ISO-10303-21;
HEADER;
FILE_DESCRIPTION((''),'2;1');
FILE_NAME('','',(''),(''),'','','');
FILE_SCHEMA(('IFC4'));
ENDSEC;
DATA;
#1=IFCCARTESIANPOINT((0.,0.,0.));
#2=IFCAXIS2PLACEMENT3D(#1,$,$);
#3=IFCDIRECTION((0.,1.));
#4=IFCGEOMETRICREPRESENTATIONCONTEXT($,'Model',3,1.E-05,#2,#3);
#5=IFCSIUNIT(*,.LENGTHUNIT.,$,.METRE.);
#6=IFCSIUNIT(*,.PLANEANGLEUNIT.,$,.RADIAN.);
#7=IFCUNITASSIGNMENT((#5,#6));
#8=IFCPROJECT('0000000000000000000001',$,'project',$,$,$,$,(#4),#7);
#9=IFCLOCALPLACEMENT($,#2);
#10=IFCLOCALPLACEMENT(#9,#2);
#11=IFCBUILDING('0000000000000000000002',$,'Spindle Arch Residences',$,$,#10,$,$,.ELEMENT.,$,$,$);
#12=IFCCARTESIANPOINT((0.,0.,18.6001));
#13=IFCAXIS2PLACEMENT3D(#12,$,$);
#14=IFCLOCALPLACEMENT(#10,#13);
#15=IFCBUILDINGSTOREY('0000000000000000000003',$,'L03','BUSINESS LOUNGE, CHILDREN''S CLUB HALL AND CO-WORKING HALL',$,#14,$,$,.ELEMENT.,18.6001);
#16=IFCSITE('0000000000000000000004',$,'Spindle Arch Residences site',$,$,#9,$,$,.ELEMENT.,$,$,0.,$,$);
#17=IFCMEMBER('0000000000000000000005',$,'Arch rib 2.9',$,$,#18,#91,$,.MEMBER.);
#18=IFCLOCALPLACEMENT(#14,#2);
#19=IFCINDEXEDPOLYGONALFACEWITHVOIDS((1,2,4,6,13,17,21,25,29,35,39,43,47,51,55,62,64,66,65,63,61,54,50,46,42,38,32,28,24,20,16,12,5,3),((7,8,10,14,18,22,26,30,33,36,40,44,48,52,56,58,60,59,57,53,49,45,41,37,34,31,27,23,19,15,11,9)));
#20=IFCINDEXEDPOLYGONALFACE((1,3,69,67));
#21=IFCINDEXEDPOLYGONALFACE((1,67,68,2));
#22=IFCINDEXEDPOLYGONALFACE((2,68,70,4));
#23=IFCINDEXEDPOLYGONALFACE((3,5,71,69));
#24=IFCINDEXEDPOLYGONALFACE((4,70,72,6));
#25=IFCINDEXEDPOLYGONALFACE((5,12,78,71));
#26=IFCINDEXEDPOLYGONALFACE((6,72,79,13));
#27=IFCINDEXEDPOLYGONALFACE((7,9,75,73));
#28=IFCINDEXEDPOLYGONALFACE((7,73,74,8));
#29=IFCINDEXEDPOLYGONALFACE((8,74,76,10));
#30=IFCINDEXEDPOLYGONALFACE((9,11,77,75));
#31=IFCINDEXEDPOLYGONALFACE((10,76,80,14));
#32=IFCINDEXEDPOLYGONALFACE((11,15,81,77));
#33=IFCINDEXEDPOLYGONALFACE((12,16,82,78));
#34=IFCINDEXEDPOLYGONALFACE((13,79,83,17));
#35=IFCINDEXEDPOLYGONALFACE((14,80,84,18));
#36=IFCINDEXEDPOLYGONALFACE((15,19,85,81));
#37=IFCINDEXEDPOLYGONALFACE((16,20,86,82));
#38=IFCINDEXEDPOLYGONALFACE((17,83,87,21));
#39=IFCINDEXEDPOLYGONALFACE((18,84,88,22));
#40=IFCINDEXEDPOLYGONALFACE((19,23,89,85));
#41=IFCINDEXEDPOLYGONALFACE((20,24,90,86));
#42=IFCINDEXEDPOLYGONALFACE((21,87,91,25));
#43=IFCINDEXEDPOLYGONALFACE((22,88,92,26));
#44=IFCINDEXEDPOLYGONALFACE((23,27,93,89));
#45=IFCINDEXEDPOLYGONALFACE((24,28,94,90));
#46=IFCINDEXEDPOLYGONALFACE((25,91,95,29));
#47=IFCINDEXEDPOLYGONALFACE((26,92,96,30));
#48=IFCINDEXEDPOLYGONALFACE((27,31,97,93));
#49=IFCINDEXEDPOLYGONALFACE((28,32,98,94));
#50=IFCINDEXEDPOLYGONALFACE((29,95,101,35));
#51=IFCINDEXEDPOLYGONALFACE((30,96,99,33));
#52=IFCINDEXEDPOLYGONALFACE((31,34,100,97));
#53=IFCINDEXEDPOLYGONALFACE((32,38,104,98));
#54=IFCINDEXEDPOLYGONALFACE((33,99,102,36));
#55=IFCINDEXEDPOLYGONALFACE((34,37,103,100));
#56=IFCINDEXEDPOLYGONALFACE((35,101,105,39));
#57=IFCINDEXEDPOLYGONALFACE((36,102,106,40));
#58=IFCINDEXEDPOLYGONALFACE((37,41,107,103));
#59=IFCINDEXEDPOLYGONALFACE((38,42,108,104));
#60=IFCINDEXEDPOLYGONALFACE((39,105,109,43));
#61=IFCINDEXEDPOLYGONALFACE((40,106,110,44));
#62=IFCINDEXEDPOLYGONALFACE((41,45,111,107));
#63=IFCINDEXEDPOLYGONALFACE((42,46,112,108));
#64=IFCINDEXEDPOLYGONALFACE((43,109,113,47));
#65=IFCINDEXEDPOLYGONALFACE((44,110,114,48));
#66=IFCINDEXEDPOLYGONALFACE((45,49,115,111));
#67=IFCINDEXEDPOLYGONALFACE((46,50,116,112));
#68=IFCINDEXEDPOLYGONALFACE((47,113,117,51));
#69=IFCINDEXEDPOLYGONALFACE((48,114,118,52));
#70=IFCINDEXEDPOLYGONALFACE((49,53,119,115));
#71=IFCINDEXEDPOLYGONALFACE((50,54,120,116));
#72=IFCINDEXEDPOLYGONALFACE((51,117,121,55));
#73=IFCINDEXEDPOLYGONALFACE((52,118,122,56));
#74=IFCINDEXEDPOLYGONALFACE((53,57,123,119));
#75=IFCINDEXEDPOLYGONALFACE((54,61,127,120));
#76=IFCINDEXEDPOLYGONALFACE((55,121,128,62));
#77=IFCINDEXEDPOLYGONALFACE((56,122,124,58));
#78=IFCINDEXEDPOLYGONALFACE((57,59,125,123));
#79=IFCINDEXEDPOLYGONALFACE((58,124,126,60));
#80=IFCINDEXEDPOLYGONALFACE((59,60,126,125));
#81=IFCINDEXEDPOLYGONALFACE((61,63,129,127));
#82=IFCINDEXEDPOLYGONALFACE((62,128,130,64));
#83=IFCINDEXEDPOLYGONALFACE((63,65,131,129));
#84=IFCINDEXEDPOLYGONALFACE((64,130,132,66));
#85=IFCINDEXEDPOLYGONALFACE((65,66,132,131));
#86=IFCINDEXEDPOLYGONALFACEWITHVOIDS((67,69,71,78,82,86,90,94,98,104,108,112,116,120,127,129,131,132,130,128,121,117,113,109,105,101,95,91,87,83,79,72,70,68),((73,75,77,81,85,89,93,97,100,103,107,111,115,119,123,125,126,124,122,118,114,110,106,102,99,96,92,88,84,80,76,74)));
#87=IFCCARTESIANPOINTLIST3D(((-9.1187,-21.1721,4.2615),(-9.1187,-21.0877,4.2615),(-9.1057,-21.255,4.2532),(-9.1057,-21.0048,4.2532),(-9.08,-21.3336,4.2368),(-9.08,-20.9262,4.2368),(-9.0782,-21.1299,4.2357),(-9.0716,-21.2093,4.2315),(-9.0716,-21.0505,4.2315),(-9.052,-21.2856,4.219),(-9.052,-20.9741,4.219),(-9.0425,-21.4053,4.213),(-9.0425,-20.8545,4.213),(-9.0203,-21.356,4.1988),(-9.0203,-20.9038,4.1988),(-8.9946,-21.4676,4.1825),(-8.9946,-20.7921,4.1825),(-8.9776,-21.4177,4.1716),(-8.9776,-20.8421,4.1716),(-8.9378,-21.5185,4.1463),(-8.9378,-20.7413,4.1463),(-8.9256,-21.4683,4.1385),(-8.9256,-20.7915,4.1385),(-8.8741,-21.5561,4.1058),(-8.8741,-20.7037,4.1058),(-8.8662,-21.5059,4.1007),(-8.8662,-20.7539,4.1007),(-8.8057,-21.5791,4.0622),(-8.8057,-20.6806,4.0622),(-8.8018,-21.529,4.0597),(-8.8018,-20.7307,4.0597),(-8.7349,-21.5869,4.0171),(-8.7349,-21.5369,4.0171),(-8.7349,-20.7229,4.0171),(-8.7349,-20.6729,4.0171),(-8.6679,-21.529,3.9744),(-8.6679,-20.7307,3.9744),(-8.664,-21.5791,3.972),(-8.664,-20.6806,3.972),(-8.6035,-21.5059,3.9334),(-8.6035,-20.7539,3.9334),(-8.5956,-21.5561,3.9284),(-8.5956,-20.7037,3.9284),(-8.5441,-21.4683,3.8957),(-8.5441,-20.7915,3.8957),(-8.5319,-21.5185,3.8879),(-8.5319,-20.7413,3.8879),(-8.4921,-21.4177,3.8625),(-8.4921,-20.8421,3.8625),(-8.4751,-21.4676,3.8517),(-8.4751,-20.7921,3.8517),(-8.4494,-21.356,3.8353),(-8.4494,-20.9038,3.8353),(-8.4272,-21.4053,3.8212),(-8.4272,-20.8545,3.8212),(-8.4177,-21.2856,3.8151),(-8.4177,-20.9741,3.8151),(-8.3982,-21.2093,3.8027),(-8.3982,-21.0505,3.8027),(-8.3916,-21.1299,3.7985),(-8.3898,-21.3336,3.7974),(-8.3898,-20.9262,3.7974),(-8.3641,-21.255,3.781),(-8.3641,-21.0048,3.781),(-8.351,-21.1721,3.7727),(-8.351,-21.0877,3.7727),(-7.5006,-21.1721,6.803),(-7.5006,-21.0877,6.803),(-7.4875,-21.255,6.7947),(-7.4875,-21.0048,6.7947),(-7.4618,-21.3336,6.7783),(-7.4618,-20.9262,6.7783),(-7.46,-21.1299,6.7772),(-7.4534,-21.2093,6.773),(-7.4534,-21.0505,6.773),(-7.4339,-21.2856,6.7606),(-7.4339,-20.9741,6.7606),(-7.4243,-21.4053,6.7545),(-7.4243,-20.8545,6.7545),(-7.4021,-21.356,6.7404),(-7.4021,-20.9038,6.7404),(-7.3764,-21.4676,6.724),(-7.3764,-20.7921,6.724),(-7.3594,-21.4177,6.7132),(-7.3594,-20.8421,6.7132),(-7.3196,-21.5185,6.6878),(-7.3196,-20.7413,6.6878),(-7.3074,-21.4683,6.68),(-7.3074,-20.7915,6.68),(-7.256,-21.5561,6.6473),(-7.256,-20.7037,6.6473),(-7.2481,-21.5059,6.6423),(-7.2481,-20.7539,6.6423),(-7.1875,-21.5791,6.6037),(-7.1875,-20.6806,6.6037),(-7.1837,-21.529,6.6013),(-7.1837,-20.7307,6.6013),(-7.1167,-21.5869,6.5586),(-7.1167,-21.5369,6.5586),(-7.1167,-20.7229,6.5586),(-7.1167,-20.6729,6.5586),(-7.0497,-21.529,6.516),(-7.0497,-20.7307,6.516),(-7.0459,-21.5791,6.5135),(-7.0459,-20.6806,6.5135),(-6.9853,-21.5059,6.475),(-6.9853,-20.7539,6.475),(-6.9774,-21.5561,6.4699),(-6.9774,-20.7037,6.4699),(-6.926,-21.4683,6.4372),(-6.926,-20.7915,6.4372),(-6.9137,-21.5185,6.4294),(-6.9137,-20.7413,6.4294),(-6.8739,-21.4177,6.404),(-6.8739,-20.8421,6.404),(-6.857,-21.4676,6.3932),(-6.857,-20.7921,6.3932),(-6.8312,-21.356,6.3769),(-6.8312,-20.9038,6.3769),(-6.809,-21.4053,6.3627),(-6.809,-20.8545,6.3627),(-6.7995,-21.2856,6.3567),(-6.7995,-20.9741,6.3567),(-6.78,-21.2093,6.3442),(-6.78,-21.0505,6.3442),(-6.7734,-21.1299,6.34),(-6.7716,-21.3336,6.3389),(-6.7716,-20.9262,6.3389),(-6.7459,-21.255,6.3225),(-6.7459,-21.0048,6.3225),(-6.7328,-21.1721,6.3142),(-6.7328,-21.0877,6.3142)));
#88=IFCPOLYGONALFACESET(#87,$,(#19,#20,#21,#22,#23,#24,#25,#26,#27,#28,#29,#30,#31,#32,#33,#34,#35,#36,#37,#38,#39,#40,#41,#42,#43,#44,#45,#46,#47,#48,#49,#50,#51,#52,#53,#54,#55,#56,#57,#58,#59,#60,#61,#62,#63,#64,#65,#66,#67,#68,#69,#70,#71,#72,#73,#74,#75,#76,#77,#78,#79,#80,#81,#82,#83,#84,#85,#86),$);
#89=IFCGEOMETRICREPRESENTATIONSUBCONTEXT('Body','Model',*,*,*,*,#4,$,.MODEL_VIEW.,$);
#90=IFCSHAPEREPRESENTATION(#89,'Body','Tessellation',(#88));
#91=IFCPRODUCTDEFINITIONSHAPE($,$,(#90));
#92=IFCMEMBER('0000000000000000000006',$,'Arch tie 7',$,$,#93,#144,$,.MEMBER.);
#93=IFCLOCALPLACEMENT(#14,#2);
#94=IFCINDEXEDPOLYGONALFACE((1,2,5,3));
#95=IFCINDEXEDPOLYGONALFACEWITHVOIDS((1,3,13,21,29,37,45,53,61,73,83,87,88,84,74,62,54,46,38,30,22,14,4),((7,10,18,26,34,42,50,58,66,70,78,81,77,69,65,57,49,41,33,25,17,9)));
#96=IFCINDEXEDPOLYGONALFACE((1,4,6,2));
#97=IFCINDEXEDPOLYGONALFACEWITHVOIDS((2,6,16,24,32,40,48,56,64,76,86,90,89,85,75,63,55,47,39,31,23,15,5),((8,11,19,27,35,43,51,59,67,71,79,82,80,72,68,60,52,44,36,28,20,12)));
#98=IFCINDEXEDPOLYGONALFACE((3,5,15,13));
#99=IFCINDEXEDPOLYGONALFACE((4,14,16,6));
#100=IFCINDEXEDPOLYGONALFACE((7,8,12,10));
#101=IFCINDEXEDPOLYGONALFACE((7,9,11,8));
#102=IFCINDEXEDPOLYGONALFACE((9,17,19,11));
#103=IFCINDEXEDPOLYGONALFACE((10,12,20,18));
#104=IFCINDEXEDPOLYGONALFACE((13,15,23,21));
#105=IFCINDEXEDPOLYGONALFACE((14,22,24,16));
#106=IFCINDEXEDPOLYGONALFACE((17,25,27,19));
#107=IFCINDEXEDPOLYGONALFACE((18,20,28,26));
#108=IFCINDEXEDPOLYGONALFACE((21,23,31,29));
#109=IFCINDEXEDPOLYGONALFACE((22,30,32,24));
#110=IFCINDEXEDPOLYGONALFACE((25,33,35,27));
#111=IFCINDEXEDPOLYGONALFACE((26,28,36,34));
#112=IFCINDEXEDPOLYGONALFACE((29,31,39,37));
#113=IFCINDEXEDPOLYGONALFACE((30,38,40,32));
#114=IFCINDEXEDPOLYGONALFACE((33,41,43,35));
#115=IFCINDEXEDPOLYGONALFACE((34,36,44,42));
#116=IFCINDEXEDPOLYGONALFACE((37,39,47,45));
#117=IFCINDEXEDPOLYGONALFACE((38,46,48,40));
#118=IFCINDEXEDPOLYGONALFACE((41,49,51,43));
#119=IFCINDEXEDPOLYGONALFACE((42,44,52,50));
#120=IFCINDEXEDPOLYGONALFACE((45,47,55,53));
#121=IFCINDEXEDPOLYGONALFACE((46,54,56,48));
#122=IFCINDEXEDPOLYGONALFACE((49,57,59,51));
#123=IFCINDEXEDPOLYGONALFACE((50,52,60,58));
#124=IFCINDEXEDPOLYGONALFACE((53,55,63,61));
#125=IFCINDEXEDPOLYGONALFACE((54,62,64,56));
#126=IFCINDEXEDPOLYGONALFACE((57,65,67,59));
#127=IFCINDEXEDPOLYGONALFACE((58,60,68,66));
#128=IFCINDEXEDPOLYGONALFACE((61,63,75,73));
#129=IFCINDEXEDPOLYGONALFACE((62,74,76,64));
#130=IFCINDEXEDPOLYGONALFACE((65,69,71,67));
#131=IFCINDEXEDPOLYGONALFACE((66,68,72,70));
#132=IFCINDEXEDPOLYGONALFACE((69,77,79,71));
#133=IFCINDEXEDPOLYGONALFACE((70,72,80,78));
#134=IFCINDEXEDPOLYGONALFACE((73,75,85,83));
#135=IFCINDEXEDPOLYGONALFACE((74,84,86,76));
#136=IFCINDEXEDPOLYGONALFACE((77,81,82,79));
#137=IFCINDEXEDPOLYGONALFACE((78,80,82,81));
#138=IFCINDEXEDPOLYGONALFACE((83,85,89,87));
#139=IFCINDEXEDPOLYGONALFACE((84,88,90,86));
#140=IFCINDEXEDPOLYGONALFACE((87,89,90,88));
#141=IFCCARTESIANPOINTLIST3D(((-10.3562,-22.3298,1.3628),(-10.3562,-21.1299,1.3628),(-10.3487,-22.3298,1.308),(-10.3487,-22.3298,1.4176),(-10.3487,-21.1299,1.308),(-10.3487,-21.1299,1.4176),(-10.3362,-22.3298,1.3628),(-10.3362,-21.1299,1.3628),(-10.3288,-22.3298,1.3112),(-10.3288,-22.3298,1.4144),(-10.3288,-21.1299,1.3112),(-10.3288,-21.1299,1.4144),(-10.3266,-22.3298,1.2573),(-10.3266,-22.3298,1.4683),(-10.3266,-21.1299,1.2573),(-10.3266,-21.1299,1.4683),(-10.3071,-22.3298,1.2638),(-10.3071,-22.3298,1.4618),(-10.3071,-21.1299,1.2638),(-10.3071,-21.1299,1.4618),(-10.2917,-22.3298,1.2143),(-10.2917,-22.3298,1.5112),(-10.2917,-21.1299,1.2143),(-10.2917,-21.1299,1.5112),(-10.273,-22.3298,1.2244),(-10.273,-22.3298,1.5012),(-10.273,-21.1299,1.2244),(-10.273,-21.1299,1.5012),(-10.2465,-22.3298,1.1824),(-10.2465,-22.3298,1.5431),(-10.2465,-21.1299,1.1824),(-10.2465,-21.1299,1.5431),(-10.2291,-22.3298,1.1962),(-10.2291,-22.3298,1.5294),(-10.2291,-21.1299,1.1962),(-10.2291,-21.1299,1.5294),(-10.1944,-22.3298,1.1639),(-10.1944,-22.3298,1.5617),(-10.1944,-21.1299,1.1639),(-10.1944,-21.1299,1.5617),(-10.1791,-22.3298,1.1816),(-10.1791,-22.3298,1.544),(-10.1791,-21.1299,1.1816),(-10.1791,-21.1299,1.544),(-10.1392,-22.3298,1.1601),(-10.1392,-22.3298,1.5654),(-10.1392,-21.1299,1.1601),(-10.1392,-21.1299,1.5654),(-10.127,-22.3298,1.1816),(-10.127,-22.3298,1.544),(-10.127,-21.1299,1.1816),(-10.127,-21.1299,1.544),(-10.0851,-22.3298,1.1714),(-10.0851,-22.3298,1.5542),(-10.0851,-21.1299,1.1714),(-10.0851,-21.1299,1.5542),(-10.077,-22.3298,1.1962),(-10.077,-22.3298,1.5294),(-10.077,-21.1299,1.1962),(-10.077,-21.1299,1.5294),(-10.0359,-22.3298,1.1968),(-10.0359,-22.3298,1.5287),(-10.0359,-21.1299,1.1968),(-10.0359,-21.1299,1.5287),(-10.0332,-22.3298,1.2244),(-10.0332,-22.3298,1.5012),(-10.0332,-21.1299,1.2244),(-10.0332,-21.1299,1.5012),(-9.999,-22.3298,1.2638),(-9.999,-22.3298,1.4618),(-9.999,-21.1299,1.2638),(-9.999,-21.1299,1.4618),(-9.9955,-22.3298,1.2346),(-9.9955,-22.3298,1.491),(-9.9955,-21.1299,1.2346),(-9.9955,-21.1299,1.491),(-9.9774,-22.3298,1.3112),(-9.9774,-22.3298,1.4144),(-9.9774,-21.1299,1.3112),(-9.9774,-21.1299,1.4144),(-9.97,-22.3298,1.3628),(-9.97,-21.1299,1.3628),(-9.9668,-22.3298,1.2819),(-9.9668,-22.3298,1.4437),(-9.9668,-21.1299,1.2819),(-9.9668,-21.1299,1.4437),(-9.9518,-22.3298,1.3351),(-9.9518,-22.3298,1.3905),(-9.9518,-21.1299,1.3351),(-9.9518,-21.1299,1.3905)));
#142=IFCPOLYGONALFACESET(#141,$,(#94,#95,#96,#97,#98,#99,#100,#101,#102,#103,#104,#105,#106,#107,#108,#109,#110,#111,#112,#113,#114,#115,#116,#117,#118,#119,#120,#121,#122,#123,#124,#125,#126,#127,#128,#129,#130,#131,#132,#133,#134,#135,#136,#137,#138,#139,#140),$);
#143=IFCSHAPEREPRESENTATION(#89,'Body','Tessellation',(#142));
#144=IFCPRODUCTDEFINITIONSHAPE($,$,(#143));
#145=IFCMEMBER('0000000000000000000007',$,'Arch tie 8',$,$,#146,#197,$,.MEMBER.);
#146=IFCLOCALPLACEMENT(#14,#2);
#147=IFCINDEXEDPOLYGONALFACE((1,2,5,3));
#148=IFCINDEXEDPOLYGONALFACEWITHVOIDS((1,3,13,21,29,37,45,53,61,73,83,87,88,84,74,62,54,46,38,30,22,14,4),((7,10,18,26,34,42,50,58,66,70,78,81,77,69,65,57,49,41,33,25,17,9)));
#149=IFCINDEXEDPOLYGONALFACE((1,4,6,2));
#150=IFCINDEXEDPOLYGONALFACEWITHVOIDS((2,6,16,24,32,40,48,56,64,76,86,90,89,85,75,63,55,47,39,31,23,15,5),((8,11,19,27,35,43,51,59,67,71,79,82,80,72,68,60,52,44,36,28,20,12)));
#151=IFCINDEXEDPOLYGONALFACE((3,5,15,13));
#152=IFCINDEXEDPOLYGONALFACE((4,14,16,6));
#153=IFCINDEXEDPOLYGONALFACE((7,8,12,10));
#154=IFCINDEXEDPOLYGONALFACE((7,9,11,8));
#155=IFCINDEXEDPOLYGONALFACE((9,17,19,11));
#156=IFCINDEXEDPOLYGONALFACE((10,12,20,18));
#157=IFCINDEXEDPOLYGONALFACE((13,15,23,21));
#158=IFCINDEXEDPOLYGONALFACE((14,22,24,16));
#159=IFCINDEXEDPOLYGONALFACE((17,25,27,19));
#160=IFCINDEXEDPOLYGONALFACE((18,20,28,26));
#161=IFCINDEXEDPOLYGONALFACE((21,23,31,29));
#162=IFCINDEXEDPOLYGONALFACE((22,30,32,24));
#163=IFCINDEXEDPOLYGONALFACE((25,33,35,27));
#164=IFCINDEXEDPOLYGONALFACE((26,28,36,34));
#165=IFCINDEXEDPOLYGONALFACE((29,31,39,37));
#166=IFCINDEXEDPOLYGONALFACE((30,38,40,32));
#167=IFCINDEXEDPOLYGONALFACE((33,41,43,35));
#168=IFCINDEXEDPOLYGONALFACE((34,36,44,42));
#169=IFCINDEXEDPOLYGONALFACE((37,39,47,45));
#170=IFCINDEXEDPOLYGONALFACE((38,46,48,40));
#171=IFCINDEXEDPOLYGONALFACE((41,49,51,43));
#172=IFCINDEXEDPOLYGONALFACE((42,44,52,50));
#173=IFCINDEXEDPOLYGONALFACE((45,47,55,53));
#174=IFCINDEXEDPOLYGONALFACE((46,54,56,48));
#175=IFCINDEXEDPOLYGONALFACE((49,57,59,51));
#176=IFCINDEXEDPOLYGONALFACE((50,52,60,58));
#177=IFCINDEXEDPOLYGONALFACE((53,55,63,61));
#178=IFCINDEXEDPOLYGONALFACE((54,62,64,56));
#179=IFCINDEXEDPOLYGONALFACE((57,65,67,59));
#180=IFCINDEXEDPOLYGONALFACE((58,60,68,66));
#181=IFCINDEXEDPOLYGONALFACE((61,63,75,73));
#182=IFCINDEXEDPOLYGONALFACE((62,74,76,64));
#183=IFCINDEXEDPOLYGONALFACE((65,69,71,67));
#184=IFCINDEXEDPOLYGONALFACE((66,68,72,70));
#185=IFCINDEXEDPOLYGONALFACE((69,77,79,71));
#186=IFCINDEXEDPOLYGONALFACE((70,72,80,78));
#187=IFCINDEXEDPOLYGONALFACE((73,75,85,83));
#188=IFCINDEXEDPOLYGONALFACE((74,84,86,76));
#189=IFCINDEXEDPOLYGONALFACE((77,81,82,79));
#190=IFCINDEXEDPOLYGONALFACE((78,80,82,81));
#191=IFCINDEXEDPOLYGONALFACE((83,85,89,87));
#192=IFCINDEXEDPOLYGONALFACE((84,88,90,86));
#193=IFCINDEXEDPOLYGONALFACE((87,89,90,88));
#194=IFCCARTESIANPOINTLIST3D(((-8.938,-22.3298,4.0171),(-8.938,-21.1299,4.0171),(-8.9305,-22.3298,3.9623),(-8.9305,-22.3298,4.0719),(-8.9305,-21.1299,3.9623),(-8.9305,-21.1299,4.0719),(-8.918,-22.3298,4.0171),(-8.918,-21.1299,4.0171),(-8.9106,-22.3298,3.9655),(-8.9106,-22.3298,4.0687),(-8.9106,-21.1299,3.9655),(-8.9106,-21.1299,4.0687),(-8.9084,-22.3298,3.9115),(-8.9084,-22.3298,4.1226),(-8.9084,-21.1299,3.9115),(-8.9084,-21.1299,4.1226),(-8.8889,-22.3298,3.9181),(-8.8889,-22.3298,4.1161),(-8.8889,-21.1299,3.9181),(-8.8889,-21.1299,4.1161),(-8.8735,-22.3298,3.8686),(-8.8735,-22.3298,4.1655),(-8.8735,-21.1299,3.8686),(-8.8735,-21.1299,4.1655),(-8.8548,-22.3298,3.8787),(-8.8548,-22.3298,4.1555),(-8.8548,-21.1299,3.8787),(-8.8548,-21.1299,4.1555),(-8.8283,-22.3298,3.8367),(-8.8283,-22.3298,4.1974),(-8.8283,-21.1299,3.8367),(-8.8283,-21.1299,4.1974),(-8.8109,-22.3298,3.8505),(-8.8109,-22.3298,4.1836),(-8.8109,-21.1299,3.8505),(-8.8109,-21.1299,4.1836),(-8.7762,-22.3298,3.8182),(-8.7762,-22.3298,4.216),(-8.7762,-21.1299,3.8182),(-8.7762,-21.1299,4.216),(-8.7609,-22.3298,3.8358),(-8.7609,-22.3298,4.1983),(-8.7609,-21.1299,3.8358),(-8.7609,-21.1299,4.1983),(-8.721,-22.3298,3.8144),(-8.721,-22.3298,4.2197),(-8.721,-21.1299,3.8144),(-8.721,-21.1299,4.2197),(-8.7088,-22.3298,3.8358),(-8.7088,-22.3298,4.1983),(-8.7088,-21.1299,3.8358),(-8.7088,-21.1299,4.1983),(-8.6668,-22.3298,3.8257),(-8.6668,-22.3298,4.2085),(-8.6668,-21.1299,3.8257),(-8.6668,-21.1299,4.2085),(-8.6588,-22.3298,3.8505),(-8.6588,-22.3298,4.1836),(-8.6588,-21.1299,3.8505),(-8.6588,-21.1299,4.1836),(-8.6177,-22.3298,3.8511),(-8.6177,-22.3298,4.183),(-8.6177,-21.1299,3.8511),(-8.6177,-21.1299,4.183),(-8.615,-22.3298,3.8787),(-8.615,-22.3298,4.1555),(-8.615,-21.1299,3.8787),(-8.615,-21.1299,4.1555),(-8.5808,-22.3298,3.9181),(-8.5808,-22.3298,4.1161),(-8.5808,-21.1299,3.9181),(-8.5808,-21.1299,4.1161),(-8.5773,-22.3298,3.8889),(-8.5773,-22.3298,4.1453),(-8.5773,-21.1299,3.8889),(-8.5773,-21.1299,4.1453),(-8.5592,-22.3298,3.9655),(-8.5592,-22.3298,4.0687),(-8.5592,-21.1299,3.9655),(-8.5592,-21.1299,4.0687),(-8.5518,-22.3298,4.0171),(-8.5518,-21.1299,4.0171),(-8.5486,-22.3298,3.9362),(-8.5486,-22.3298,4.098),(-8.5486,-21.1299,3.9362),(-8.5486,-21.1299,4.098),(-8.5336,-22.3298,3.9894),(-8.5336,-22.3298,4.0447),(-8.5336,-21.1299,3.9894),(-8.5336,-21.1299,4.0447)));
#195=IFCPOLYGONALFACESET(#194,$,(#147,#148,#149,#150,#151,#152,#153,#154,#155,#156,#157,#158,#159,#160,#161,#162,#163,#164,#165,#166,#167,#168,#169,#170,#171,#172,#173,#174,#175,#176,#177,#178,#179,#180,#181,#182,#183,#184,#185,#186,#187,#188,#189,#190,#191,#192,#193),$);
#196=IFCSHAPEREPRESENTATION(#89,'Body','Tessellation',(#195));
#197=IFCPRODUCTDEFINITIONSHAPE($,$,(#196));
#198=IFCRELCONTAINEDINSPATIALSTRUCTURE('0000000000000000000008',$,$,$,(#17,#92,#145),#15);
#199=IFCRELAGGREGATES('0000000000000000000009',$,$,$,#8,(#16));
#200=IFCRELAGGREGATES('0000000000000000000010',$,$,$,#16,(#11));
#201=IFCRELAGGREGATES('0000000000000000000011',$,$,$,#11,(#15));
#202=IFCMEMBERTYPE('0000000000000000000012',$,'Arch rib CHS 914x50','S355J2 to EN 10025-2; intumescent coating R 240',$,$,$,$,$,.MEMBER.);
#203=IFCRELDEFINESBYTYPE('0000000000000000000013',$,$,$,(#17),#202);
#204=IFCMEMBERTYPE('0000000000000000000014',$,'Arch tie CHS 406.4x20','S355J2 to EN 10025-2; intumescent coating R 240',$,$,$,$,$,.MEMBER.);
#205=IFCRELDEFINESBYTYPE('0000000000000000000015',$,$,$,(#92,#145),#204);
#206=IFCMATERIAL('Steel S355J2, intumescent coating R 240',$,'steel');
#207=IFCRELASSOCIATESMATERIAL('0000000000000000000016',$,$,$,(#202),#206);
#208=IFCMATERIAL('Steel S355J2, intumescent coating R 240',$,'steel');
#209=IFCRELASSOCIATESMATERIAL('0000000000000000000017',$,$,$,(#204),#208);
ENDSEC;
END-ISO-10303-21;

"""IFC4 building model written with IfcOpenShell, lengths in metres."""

from ifc_helpers import new_model, si_unit, direction, frame, origin, origin_2d, place, context, subcontext, project, spatial, hollow_circle, extrude, material, material_profile, profile_set, type_object, element, save


model = new_model("IFC4")

# Units and contexts
model_context = context("Model", 3, precision=1e-05, world=origin(), true_north=direction((0.0, 1.0)))
body_context = subcontext(model_context, "Body", "Model", "MODEL_VIEW")
ifc_project = project(units=[si_unit("LENGTHUNIT", "METRE"), si_unit("PLANEANGLEUNIT", "RADIAN")], contexts=[model_context])

# Site, building, storey
site_placement = place(None, origin())
site = spatial("IfcSite", under=ifc_project, at=site_placement, Name="Spindle Arch Residences site", CompositionType="ELEMENT", RefElevation=0.0)
building_placement = place(site_placement, origin())
building = spatial("IfcBuilding", under=site, at=building_placement, Name="Spindle Arch Residences", CompositionType="ELEMENT")
storey_placement = place(building_placement, frame((0.0, 0.0, 18.6001)))
storey = spatial("IfcBuildingStorey", under=building, at=storey_placement, Name="L03", Description="BUSINESS LOUNGE, CHILDREN'S CLUB HALL AND CO-WORKING HALL", CompositionType="ELEMENT", Elevation=18.6001)

# Members
ifc_material_1 = material(Name="Steel S355J2, intumescent coating R 240", Category="steel")
ifc_material_profile_1 = material_profile(ifc_material_1, hollow_circle(Radius=0.457, WallThickness=0.05, at=origin_2d()), Name="CHS 914x50")
ifc_profile_set_1 = profile_set([ifc_material_profile_1], Name="Steel S355J2, intumescent coating R 240")
member_type_1 = type_object("IfcMemberType", Name="Arch rib CHS 914x50", Description="S355J2 to EN 10025-2; intumescent coating R 240", PredefinedType="MEMBER", material=ifc_profile_set_1)
member_1_placement = place(storey_placement, frame((-8.7349, -21.1299, 4.0171), z_axis=(0.537075, 0.0, 0.843535), x_axis=(0.0, 1.0, 0.0)))
element("IfcMember", 1, at=member_1_placement, inside=storey, type_object=member_type_1, Name="Arch rib 2.9", PredefinedType="MEMBER", context=body_context, shape_type="SweptSolid", body=[
    extrude(hollow_circle(Radius=0.457, WallThickness=0.05, at=origin_2d()), origin(), (0.0, 0.0, 1.0), 3.0129),
])
ifc_material_2 = material(Name="Steel S355J2, intumescent coating R 240", Category="steel")
ifc_material_profile_2 = material_profile(ifc_material_2, hollow_circle(Radius=0.2031, WallThickness=0.02, at=origin_2d()), Name="CHS 406.4x20")
ifc_profile_set_2 = profile_set([ifc_material_profile_2], Name="Steel S355J2, intumescent coating R 240")
member_type_2 = type_object("IfcMemberType", Name="Arch tie CHS 406.4x20", Description="S355J2 to EN 10025-2; intumescent coating R 240", PredefinedType="MEMBER", material=ifc_profile_set_2)
for number, where, z_axis, x_axis, name in (
    (2, (-10.1531, -22.3298, 1.3628), (0.0, 1.0, 0.0), (-1.0, 0.0, 0.0), "Arch tie 7"),
    (3, (-8.7349, -22.3298, 4.0171), (0.0, 1.0, 0.0), (-1.0, 0.0, 0.0), "Arch tie 8"),
):
    element("IfcMember", number, at=place(storey_placement, frame(where, z_axis=z_axis, x_axis=x_axis)), inside=storey, type_object=member_type_2, Name=name, PredefinedType="MEMBER", context=body_context, shape_type="SweptSolid", body=[
        extrude(hollow_circle(Radius=0.2031, WallThickness=0.02, at=origin_2d()), origin(), (0.0, 0.0, 1.0), 1.2),
    ])

save(model, "model.ifc")
